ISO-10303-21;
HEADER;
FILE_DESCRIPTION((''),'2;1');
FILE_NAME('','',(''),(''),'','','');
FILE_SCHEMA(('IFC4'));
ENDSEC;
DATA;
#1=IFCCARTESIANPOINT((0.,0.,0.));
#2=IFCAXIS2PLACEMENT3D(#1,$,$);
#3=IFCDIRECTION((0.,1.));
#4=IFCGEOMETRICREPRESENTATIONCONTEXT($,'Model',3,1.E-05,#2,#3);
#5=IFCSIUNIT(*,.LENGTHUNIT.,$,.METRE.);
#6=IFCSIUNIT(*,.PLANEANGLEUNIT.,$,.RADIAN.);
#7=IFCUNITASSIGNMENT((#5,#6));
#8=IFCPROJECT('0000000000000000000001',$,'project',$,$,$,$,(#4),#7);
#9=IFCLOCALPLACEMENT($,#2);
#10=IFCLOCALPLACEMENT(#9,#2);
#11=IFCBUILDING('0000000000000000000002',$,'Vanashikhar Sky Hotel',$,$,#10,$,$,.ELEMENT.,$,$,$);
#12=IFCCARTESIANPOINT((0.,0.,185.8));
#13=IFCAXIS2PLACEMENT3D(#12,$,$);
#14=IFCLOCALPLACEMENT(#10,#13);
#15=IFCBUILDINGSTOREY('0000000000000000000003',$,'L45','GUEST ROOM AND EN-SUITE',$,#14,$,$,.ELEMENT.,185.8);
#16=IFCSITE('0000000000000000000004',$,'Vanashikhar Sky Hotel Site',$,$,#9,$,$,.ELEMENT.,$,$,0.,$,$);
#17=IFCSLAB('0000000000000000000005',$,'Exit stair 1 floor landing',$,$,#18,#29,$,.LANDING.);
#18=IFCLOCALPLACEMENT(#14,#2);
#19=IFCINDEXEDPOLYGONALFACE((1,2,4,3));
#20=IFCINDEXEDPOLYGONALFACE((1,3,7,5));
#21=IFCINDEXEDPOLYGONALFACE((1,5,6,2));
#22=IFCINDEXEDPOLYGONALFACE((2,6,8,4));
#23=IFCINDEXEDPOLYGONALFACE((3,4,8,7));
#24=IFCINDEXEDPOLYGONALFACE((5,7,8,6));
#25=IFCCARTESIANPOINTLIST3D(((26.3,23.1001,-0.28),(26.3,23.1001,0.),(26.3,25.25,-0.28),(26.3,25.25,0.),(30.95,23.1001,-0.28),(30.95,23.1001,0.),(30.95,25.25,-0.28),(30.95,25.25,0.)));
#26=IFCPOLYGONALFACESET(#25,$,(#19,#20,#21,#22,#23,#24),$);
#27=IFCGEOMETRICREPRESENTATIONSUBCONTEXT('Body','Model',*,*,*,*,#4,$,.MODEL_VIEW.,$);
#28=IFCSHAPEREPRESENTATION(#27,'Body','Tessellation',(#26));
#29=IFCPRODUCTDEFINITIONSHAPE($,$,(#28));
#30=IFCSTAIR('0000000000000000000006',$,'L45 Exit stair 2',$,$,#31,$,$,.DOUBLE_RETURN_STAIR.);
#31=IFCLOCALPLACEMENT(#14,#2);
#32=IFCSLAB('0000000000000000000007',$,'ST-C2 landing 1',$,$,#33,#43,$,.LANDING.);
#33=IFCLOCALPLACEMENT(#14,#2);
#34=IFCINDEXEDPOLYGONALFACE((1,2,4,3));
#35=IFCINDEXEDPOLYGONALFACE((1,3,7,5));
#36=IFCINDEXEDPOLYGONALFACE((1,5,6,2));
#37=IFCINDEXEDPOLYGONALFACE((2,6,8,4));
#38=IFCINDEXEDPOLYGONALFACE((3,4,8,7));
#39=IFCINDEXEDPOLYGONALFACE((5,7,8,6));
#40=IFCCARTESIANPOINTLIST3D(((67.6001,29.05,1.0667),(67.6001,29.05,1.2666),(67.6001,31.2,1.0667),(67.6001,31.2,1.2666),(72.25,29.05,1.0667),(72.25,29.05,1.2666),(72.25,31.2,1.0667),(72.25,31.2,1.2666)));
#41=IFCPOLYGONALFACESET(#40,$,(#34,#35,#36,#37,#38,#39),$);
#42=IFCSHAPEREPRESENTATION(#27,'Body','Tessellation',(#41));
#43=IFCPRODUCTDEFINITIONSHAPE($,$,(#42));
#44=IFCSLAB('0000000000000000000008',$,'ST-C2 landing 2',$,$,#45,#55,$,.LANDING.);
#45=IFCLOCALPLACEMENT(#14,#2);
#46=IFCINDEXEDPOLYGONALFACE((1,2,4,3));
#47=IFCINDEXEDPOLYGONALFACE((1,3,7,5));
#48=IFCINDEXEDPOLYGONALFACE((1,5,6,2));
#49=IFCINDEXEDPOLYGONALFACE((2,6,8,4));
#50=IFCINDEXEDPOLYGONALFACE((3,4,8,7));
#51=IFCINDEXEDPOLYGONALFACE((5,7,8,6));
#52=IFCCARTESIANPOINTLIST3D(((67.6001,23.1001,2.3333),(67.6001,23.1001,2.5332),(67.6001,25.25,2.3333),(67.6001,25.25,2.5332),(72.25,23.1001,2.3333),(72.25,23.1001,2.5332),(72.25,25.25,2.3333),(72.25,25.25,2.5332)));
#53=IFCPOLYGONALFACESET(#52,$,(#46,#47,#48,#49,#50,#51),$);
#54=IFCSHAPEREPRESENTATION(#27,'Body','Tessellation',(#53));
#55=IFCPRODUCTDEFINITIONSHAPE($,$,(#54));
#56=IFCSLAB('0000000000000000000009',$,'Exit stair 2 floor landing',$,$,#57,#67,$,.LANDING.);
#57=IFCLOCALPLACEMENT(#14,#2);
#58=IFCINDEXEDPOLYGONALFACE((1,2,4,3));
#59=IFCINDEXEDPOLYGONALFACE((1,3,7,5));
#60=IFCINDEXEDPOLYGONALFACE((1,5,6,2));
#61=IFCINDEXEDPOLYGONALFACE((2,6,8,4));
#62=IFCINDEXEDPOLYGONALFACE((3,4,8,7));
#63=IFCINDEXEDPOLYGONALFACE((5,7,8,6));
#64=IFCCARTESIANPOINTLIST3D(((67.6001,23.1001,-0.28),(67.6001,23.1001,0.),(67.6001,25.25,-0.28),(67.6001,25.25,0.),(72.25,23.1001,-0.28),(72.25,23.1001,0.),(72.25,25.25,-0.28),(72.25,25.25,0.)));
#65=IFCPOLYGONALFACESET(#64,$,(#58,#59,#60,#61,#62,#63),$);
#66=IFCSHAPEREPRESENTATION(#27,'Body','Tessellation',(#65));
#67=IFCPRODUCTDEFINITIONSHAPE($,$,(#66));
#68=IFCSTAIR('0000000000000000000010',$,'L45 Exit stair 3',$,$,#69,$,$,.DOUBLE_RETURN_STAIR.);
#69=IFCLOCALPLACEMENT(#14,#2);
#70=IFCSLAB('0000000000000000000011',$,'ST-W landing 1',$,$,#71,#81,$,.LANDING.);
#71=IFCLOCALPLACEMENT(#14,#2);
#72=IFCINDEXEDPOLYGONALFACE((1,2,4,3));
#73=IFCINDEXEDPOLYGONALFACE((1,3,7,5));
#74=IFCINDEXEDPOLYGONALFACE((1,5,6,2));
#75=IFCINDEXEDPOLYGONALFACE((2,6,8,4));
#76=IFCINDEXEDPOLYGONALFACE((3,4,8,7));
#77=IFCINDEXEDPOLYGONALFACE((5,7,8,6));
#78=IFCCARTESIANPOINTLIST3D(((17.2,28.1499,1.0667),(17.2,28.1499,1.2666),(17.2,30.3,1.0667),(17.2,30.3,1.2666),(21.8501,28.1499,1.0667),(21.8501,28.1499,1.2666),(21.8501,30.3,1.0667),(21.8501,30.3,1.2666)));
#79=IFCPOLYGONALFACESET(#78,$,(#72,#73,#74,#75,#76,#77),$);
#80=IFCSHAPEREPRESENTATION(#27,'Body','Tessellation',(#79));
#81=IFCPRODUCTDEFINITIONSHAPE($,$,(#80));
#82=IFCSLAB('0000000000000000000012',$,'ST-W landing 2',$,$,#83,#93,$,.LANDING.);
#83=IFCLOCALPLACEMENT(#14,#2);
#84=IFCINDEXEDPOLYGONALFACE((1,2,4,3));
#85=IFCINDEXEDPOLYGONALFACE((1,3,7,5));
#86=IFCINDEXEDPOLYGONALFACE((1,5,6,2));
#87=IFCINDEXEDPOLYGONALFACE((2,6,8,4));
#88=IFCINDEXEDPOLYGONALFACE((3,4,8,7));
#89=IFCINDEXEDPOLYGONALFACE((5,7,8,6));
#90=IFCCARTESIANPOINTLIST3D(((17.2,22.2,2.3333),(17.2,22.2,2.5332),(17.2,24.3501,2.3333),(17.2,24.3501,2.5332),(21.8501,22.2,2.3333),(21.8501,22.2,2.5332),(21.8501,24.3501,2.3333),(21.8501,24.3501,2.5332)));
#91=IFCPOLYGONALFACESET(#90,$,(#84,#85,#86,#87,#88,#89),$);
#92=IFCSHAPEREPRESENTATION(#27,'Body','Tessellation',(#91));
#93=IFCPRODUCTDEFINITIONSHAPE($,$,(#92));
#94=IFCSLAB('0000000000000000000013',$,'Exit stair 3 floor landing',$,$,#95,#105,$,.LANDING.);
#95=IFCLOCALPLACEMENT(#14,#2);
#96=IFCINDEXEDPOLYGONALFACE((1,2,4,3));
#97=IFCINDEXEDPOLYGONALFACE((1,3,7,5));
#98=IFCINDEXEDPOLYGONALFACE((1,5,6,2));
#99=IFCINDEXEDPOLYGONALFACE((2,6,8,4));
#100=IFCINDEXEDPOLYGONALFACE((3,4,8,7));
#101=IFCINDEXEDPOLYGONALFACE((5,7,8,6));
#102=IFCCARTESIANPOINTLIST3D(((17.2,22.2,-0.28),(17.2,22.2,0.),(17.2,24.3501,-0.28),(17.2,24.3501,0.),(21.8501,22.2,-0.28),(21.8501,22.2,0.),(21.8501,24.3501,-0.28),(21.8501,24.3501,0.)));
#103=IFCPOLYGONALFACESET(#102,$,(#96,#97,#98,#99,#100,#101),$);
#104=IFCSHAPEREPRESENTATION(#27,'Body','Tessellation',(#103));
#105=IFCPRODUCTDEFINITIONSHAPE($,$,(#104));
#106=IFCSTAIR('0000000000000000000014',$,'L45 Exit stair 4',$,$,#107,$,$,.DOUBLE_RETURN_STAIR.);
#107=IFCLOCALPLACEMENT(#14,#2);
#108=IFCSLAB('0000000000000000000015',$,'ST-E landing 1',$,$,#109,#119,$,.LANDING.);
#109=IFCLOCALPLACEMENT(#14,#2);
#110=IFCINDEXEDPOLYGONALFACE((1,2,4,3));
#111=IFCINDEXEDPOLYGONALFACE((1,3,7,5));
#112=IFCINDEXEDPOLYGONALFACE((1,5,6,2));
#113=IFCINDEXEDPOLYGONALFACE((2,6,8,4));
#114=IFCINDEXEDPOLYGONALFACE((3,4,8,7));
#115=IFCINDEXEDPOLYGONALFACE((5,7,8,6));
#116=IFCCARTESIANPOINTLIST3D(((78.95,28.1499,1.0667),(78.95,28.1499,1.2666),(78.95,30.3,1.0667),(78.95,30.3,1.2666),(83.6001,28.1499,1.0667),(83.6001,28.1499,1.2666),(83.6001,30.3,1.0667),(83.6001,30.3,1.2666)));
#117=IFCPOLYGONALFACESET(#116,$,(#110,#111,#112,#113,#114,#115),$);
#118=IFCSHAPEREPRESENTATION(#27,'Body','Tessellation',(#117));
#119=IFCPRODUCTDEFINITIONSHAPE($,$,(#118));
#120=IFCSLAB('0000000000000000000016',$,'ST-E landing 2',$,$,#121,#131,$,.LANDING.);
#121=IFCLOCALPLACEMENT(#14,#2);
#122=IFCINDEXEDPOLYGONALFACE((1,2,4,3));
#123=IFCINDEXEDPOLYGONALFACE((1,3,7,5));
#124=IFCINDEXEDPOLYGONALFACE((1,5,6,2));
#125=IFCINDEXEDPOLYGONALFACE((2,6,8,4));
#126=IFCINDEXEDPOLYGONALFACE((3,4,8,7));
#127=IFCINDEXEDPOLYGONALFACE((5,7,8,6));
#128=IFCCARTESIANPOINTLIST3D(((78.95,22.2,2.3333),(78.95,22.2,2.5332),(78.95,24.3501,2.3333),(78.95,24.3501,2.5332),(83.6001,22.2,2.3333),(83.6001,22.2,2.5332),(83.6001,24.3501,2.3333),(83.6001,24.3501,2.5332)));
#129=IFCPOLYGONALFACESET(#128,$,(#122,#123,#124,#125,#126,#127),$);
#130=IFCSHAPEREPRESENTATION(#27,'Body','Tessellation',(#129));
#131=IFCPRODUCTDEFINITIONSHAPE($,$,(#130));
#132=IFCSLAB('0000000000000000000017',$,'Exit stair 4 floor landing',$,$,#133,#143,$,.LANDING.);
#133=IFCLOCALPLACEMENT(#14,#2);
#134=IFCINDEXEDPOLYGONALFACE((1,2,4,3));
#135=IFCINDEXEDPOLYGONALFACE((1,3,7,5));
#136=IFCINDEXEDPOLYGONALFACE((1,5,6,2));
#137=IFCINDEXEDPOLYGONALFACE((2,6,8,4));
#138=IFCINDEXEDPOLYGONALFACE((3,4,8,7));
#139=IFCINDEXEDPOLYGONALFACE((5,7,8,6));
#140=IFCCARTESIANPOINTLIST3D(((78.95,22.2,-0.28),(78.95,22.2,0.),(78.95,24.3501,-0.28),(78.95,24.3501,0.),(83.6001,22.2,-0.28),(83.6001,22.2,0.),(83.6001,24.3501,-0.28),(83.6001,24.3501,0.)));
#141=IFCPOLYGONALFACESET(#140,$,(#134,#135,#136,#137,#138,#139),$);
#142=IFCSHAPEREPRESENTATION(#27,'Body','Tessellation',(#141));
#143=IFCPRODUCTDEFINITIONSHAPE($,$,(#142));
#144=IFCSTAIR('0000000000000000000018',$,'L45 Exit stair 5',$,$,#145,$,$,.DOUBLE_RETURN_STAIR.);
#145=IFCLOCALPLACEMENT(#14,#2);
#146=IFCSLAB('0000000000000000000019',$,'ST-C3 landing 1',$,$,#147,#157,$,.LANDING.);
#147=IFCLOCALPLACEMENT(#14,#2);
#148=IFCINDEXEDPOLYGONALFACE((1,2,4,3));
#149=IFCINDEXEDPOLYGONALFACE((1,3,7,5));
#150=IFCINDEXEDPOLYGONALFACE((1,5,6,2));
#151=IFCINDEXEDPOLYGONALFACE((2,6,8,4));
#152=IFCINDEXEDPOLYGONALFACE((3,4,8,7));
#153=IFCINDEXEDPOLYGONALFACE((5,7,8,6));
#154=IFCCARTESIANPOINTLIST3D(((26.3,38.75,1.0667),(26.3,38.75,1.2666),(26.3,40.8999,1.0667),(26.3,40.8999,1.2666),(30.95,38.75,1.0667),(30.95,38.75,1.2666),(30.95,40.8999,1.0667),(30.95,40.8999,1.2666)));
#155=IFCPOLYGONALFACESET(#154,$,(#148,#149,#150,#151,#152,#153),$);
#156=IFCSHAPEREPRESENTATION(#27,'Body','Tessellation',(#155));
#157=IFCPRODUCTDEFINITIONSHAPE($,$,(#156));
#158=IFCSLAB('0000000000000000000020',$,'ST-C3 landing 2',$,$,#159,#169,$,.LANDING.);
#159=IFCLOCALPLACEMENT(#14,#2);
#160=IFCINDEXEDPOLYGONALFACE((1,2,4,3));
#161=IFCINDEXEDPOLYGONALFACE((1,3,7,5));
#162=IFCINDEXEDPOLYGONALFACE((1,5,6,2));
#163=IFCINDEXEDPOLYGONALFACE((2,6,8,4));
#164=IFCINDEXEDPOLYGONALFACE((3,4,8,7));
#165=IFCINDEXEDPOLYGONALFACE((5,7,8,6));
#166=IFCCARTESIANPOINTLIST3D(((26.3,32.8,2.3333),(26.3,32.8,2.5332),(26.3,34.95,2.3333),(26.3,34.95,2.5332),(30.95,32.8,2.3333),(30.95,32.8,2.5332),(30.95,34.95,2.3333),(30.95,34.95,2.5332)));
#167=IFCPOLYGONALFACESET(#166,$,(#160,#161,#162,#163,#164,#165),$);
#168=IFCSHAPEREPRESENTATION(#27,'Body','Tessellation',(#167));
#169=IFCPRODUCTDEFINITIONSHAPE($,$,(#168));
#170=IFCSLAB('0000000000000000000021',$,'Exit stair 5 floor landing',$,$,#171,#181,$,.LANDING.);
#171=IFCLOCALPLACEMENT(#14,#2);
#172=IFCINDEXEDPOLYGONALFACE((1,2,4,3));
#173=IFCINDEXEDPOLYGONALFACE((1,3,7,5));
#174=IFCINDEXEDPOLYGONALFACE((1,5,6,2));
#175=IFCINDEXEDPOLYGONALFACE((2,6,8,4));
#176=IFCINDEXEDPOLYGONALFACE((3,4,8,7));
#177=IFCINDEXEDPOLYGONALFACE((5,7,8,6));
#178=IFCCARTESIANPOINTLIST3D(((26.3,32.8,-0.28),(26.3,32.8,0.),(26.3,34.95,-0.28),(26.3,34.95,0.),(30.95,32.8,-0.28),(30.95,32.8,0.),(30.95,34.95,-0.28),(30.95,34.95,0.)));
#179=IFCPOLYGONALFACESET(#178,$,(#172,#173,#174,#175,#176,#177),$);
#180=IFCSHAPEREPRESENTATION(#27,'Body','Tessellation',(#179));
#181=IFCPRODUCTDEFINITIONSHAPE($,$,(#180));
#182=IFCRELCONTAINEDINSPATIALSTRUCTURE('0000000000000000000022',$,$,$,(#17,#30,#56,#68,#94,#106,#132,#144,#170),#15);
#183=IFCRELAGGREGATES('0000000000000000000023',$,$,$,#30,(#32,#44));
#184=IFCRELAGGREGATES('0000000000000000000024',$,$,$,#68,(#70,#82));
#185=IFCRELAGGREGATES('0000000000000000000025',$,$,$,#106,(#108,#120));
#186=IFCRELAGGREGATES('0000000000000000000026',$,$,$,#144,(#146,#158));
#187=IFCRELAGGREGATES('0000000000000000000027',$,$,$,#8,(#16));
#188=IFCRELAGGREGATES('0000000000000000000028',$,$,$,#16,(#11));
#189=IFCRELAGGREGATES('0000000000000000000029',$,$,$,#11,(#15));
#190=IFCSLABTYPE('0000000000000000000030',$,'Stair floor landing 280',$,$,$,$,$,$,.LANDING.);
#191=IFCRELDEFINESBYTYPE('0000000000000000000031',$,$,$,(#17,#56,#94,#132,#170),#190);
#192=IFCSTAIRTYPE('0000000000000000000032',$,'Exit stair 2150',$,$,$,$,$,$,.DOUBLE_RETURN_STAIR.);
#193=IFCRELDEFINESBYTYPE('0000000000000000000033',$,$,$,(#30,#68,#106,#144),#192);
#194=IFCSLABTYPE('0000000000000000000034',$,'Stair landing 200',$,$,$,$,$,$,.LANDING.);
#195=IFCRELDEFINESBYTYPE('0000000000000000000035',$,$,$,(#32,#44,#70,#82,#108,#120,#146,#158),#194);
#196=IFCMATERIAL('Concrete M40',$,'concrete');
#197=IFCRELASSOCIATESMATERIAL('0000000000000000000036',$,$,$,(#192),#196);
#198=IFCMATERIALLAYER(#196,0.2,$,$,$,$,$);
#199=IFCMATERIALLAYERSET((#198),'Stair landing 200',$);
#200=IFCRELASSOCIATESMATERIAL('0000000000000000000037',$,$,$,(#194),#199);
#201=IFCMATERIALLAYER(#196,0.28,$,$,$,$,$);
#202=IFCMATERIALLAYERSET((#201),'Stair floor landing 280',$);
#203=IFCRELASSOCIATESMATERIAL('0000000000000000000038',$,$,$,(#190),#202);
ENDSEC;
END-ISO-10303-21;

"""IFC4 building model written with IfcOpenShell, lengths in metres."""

from ifc_helpers import new_model, si_unit, direction, frame, origin, place, context, subcontext, project, spatial, polyline, outline, extrude, source, transform, mapped, material, layer, layer_set, type_object, element, aggregate, save


model = new_model("IFC4")

# Units and contexts
model_context = context("Model", 3, precision=1e-05, world=origin(), true_north=direction((0.0, 1.0)))
body_context = subcontext(model_context, "Body", "Model", "MODEL_VIEW")
ifc_project = project(units=[si_unit("LENGTHUNIT", "METRE"), si_unit("PLANEANGLEUNIT", "RADIAN")], contexts=[model_context])

# Site, building, storey
site_placement = place(None, origin())
site = spatial("IfcSite", under=ifc_project, at=site_placement, Name="Vanashikhar Sky Hotel Site", CompositionType="ELEMENT", RefElevation=0.0)
building_placement = place(site_placement, origin())
building = spatial("IfcBuilding", under=site, at=building_placement, Name="Vanashikhar Sky Hotel", CompositionType="ELEMENT")
storey_placement = place(building_placement, frame((0.0, 0.0, 185.8)))
storey = spatial("IfcBuildingStorey", under=building, at=storey_placement, Name="L45", Description="GUEST ROOM AND EN-SUITE", CompositionType="ELEMENT", Elevation=185.8)

# Shared definitions
ifc_material = material(Name="Concrete M40", Category="concrete")

# Shared definitions
stair_type = type_object("IfcStairType", Name="Exit stair 2150", PredefinedType="DOUBLE_RETURN_STAIR", material=ifc_material)
ifc_layer_1 = layer(ifc_material, 0.2)
ifc_layer_set_1 = layer_set([ifc_layer_1], Name="Stair landing 200")
slab_type_1 = type_object("IfcSlabType", Name="Stair landing 200", PredefinedType="LANDING", material=ifc_layer_set_1)

# Slab
ifc_layer_2 = layer(ifc_material, 0.28)
ifc_layer_set_2 = layer_set([ifc_layer_2], Name="Stair floor landing 280")
slab_type_2 = type_object("IfcSlabType", Name="Stair floor landing 280", PredefinedType="LANDING", material=ifc_layer_set_2)
shared_shape_1 = source(origin(), body_context, "Body", "SweptSolid", [
    extrude(outline(polyline([(30.95, 23.1001), (30.95, 25.25), (26.3, 25.25), (26.3, 23.1001), (30.95, 23.1001)])), origin(), (0.0, 0.0, 1.0), 0.28),
])
slab_1_placement = place(storey_placement, frame((0.0, 0.0, -0.28)))
element("IfcSlab", 1, at=slab_1_placement, inside=storey, type_object=slab_type_2, Name="Exit stair 1 floor landing", PredefinedType="LANDING", context=body_context, shape_type="MappedRepresentation", body=[
    mapped(shared_shape_1, transform((0.0, 0.0, 0.0), scale=1.0)),
])

# Stair, slabs
stair_1_placement = place(storey_placement, origin())
stair_1 = element("IfcStair", 2, at=stair_1_placement, inside=storey, type_object=stair_type, Name="L45 Exit stair 2", PredefinedType="DOUBLE_RETURN_STAIR")
shared_shape_2 = source(origin(), body_context, "Body", "SweptSolid", [
    extrude(outline(polyline([(72.25, 29.05), (72.25, 31.2), (67.6001, 31.2), (67.6001, 29.05), (72.25, 29.05)])), origin(), (0.0, 0.0, 1.0), 0.2),
])
slab_2_placement = place(storey_placement, frame((0.0, 0.0, 1.0667)))
slab_2 = element("IfcSlab", 3, at=slab_2_placement, type_object=slab_type_1, Name="ST-C2 landing 1", PredefinedType="LANDING", context=body_context, shape_type="MappedRepresentation", body=[
    mapped(shared_shape_2, transform((0.0, 0.0, 0.0), scale=1.0)),
])
shared_shape_3 = source(origin(), body_context, "Body", "SweptSolid", [
    extrude(outline(polyline([(72.25, 23.1001), (72.25, 25.25), (67.6001, 25.25), (67.6001, 23.1001), (72.25, 23.1001)])), origin(), (0.0, 0.0, 1.0), 0.2),
])
slab_3_placement = place(storey_placement, frame((0.0, 0.0, 2.3333)))
slab_3 = element("IfcSlab", 4, at=slab_3_placement, type_object=slab_type_1, Name="ST-C2 landing 2", PredefinedType="LANDING", context=body_context, shape_type="MappedRepresentation", body=[
    mapped(shared_shape_3, transform((0.0, 0.0, 0.0), scale=1.0)),
])
aggregate(stair_1, [slab_2, slab_3])

# Slab
shared_shape_4 = source(origin(), body_context, "Body", "SweptSolid", [
    extrude(outline(polyline([(72.25, 23.1001), (72.25, 25.25), (67.6001, 25.25), (67.6001, 23.1001), (72.25, 23.1001)])), origin(), (0.0, 0.0, 1.0), 0.28),
])
slab_4_placement = place(storey_placement, frame((0.0, 0.0, -0.28)))
element("IfcSlab", 5, at=slab_4_placement, inside=storey, type_object=slab_type_2, Name="Exit stair 2 floor landing", PredefinedType="LANDING", context=body_context, shape_type="MappedRepresentation", body=[
    mapped(shared_shape_4, transform((0.0, 0.0, 0.0), scale=1.0)),
])

# Stair, slabs
stair_2_placement = place(storey_placement, origin())
stair_2 = element("IfcStair", 6, at=stair_2_placement, inside=storey, type_object=stair_type, Name="L45 Exit stair 3", PredefinedType="DOUBLE_RETURN_STAIR")
shared_shape_5 = source(origin(), body_context, "Body", "SweptSolid", [
    extrude(outline(polyline([(21.8501, 28.1499), (21.8501, 30.3), (17.2, 30.3), (17.2, 28.1499), (21.8501, 28.1499)])), origin(), (0.0, 0.0, 1.0), 0.2),
])
slab_5_placement = place(storey_placement, frame((0.0, 0.0, 1.0667)))
slab_5 = element("IfcSlab", 7, at=slab_5_placement, type_object=slab_type_1, Name="ST-W landing 1", PredefinedType="LANDING", context=body_context, shape_type="MappedRepresentation", body=[
    mapped(shared_shape_5, transform((0.0, 0.0, 0.0), scale=1.0)),
])
shared_shape_6 = source(origin(), body_context, "Body", "SweptSolid", [
    extrude(outline(polyline([(21.8501, 22.2), (21.8501, 24.3501), (17.2, 24.3501), (17.2, 22.2), (21.8501, 22.2)])), origin(), (0.0, 0.0, 1.0), 0.2),
])
slab_6_placement = place(storey_placement, frame((0.0, 0.0, 2.3333)))
slab_6 = element("IfcSlab", 8, at=slab_6_placement, type_object=slab_type_1, Name="ST-W landing 2", PredefinedType="LANDING", context=body_context, shape_type="MappedRepresentation", body=[
    mapped(shared_shape_6, transform((0.0, 0.0, 0.0), scale=1.0)),
])
aggregate(stair_2, [slab_5, slab_6])

# Slab
shared_shape_7 = source(origin(), body_context, "Body", "SweptSolid", [
    extrude(outline(polyline([(21.8501, 22.2), (21.8501, 24.3501), (17.2, 24.3501), (17.2, 22.2), (21.8501, 22.2)])), origin(), (0.0, 0.0, 1.0), 0.28),
])
slab_7_placement = place(storey_placement, frame((0.0, 0.0, -0.28)))
element("IfcSlab", 9, at=slab_7_placement, inside=storey, type_object=slab_type_2, Name="Exit stair 3 floor landing", PredefinedType="LANDING", context=body_context, shape_type="MappedRepresentation", body=[
    mapped(shared_shape_7, transform((0.0, 0.0, 0.0), scale=1.0)),
])

# Stair, slabs
stair_3_placement = place(storey_placement, origin())
stair_3 = element("IfcStair", 10, at=stair_3_placement, inside=storey, type_object=stair_type, Name="L45 Exit stair 4", PredefinedType="DOUBLE_RETURN_STAIR")
shared_shape_8 = source(origin(), body_context, "Body", "SweptSolid", [
    extrude(outline(polyline([(83.6001, 28.1499), (83.6001, 30.3), (78.95, 30.3), (78.95, 28.1499), (83.6001, 28.1499)])), origin(), (0.0, 0.0, 1.0), 0.2),
])
slab_8_placement = place(storey_placement, frame((0.0, 0.0, 1.0667)))
slab_8 = element("IfcSlab", 11, at=slab_8_placement, type_object=slab_type_1, Name="ST-E landing 1", PredefinedType="LANDING", context=body_context, shape_type="MappedRepresentation", body=[
    mapped(shared_shape_8, transform((0.0, 0.0, 0.0), scale=1.0)),
])
shared_shape_9 = source(origin(), body_context, "Body", "SweptSolid", [
    extrude(outline(polyline([(83.6001, 22.2), (83.6001, 24.3501), (78.95, 24.3501), (78.95, 22.2), (83.6001, 22.2)])), origin(), (0.0, 0.0, 1.0), 0.2),
])
slab_9_placement = place(storey_placement, frame((0.0, 0.0, 2.3333)))
slab_9 = element("IfcSlab", 12, at=slab_9_placement, type_object=slab_type_1, Name="ST-E landing 2", PredefinedType="LANDING", context=body_context, shape_type="MappedRepresentation", body=[
    mapped(shared_shape_9, transform((0.0, 0.0, 0.0), scale=1.0)),
])
aggregate(stair_3, [slab_8, slab_9])

# Slab
shared_shape_10 = source(origin(), body_context, "Body", "SweptSolid", [
    extrude(outline(polyline([(83.6001, 22.2), (83.6001, 24.3501), (78.95, 24.3501), (78.95, 22.2), (83.6001, 22.2)])), origin(), (0.0, 0.0, 1.0), 0.28),
])
slab_10_placement = place(storey_placement, frame((0.0, 0.0, -0.28)))
element("IfcSlab", 13, at=slab_10_placement, inside=storey, type_object=slab_type_2, Name="Exit stair 4 floor landing", PredefinedType="LANDING", context=body_context, shape_type="MappedRepresentation", body=[
    mapped(shared_shape_10, transform((0.0, 0.0, 0.0), scale=1.0)),
])

# Stair, slabs
stair_4_placement = place(storey_placement, origin())
stair_4 = element("IfcStair", 14, at=stair_4_placement, inside=storey, type_object=stair_type, Name="L45 Exit stair 5", PredefinedType="DOUBLE_RETURN_STAIR")
shared_shape_11 = source(origin(), body_context, "Body", "SweptSolid", [
    extrude(outline(polyline([(30.95, 38.75), (30.95, 40.8999), (26.3, 40.8999), (26.3, 38.75), (30.95, 38.75)])), origin(), (0.0, 0.0, 1.0), 0.2),
])
slab_11_placement = place(storey_placement, frame((0.0, 0.0, 1.0667)))
slab_11 = element("IfcSlab", 15, at=slab_11_placement, type_object=slab_type_1, Name="ST-C3 landing 1", PredefinedType="LANDING", context=body_context, shape_type="MappedRepresentation", body=[
    mapped(shared_shape_11, transform((0.0, 0.0, 0.0), scale=1.0)),
])
shared_shape_12 = source(origin(), body_context, "Body", "SweptSolid", [
    extrude(outline(polyline([(30.95, 32.8), (30.95, 34.95), (26.3, 34.95), (26.3, 32.8), (30.95, 32.8)])), origin(), (0.0, 0.0, 1.0), 0.2),
])
slab_12_placement = place(storey_placement, frame((0.0, 0.0, 2.3333)))
slab_12 = element("IfcSlab", 16, at=slab_12_placement, type_object=slab_type_1, Name="ST-C3 landing 2", PredefinedType="LANDING", context=body_context, shape_type="MappedRepresentation", body=[
    mapped(shared_shape_12, transform((0.0, 0.0, 0.0), scale=1.0)),
])
aggregate(stair_4, [slab_11, slab_12])

# Slab
shared_shape_13 = source(origin(), body_context, "Body", "SweptSolid", [
    extrude(outline(polyline([(30.95, 32.8), (30.95, 34.95), (26.3, 34.95), (26.3, 32.8), (30.95, 32.8)])), origin(), (0.0, 0.0, 1.0), 0.28),
])
slab_13_placement = place(storey_placement, frame((0.0, 0.0, -0.28)))
element("IfcSlab", 17, at=slab_13_placement, inside=storey, type_object=slab_type_2, Name="Exit stair 5 floor landing", PredefinedType="LANDING", context=body_context, shape_type="MappedRepresentation", body=[
    mapped(shared_shape_13, transform((0.0, 0.0, 0.0), scale=1.0)),
])

save(model, "model.ifc")
